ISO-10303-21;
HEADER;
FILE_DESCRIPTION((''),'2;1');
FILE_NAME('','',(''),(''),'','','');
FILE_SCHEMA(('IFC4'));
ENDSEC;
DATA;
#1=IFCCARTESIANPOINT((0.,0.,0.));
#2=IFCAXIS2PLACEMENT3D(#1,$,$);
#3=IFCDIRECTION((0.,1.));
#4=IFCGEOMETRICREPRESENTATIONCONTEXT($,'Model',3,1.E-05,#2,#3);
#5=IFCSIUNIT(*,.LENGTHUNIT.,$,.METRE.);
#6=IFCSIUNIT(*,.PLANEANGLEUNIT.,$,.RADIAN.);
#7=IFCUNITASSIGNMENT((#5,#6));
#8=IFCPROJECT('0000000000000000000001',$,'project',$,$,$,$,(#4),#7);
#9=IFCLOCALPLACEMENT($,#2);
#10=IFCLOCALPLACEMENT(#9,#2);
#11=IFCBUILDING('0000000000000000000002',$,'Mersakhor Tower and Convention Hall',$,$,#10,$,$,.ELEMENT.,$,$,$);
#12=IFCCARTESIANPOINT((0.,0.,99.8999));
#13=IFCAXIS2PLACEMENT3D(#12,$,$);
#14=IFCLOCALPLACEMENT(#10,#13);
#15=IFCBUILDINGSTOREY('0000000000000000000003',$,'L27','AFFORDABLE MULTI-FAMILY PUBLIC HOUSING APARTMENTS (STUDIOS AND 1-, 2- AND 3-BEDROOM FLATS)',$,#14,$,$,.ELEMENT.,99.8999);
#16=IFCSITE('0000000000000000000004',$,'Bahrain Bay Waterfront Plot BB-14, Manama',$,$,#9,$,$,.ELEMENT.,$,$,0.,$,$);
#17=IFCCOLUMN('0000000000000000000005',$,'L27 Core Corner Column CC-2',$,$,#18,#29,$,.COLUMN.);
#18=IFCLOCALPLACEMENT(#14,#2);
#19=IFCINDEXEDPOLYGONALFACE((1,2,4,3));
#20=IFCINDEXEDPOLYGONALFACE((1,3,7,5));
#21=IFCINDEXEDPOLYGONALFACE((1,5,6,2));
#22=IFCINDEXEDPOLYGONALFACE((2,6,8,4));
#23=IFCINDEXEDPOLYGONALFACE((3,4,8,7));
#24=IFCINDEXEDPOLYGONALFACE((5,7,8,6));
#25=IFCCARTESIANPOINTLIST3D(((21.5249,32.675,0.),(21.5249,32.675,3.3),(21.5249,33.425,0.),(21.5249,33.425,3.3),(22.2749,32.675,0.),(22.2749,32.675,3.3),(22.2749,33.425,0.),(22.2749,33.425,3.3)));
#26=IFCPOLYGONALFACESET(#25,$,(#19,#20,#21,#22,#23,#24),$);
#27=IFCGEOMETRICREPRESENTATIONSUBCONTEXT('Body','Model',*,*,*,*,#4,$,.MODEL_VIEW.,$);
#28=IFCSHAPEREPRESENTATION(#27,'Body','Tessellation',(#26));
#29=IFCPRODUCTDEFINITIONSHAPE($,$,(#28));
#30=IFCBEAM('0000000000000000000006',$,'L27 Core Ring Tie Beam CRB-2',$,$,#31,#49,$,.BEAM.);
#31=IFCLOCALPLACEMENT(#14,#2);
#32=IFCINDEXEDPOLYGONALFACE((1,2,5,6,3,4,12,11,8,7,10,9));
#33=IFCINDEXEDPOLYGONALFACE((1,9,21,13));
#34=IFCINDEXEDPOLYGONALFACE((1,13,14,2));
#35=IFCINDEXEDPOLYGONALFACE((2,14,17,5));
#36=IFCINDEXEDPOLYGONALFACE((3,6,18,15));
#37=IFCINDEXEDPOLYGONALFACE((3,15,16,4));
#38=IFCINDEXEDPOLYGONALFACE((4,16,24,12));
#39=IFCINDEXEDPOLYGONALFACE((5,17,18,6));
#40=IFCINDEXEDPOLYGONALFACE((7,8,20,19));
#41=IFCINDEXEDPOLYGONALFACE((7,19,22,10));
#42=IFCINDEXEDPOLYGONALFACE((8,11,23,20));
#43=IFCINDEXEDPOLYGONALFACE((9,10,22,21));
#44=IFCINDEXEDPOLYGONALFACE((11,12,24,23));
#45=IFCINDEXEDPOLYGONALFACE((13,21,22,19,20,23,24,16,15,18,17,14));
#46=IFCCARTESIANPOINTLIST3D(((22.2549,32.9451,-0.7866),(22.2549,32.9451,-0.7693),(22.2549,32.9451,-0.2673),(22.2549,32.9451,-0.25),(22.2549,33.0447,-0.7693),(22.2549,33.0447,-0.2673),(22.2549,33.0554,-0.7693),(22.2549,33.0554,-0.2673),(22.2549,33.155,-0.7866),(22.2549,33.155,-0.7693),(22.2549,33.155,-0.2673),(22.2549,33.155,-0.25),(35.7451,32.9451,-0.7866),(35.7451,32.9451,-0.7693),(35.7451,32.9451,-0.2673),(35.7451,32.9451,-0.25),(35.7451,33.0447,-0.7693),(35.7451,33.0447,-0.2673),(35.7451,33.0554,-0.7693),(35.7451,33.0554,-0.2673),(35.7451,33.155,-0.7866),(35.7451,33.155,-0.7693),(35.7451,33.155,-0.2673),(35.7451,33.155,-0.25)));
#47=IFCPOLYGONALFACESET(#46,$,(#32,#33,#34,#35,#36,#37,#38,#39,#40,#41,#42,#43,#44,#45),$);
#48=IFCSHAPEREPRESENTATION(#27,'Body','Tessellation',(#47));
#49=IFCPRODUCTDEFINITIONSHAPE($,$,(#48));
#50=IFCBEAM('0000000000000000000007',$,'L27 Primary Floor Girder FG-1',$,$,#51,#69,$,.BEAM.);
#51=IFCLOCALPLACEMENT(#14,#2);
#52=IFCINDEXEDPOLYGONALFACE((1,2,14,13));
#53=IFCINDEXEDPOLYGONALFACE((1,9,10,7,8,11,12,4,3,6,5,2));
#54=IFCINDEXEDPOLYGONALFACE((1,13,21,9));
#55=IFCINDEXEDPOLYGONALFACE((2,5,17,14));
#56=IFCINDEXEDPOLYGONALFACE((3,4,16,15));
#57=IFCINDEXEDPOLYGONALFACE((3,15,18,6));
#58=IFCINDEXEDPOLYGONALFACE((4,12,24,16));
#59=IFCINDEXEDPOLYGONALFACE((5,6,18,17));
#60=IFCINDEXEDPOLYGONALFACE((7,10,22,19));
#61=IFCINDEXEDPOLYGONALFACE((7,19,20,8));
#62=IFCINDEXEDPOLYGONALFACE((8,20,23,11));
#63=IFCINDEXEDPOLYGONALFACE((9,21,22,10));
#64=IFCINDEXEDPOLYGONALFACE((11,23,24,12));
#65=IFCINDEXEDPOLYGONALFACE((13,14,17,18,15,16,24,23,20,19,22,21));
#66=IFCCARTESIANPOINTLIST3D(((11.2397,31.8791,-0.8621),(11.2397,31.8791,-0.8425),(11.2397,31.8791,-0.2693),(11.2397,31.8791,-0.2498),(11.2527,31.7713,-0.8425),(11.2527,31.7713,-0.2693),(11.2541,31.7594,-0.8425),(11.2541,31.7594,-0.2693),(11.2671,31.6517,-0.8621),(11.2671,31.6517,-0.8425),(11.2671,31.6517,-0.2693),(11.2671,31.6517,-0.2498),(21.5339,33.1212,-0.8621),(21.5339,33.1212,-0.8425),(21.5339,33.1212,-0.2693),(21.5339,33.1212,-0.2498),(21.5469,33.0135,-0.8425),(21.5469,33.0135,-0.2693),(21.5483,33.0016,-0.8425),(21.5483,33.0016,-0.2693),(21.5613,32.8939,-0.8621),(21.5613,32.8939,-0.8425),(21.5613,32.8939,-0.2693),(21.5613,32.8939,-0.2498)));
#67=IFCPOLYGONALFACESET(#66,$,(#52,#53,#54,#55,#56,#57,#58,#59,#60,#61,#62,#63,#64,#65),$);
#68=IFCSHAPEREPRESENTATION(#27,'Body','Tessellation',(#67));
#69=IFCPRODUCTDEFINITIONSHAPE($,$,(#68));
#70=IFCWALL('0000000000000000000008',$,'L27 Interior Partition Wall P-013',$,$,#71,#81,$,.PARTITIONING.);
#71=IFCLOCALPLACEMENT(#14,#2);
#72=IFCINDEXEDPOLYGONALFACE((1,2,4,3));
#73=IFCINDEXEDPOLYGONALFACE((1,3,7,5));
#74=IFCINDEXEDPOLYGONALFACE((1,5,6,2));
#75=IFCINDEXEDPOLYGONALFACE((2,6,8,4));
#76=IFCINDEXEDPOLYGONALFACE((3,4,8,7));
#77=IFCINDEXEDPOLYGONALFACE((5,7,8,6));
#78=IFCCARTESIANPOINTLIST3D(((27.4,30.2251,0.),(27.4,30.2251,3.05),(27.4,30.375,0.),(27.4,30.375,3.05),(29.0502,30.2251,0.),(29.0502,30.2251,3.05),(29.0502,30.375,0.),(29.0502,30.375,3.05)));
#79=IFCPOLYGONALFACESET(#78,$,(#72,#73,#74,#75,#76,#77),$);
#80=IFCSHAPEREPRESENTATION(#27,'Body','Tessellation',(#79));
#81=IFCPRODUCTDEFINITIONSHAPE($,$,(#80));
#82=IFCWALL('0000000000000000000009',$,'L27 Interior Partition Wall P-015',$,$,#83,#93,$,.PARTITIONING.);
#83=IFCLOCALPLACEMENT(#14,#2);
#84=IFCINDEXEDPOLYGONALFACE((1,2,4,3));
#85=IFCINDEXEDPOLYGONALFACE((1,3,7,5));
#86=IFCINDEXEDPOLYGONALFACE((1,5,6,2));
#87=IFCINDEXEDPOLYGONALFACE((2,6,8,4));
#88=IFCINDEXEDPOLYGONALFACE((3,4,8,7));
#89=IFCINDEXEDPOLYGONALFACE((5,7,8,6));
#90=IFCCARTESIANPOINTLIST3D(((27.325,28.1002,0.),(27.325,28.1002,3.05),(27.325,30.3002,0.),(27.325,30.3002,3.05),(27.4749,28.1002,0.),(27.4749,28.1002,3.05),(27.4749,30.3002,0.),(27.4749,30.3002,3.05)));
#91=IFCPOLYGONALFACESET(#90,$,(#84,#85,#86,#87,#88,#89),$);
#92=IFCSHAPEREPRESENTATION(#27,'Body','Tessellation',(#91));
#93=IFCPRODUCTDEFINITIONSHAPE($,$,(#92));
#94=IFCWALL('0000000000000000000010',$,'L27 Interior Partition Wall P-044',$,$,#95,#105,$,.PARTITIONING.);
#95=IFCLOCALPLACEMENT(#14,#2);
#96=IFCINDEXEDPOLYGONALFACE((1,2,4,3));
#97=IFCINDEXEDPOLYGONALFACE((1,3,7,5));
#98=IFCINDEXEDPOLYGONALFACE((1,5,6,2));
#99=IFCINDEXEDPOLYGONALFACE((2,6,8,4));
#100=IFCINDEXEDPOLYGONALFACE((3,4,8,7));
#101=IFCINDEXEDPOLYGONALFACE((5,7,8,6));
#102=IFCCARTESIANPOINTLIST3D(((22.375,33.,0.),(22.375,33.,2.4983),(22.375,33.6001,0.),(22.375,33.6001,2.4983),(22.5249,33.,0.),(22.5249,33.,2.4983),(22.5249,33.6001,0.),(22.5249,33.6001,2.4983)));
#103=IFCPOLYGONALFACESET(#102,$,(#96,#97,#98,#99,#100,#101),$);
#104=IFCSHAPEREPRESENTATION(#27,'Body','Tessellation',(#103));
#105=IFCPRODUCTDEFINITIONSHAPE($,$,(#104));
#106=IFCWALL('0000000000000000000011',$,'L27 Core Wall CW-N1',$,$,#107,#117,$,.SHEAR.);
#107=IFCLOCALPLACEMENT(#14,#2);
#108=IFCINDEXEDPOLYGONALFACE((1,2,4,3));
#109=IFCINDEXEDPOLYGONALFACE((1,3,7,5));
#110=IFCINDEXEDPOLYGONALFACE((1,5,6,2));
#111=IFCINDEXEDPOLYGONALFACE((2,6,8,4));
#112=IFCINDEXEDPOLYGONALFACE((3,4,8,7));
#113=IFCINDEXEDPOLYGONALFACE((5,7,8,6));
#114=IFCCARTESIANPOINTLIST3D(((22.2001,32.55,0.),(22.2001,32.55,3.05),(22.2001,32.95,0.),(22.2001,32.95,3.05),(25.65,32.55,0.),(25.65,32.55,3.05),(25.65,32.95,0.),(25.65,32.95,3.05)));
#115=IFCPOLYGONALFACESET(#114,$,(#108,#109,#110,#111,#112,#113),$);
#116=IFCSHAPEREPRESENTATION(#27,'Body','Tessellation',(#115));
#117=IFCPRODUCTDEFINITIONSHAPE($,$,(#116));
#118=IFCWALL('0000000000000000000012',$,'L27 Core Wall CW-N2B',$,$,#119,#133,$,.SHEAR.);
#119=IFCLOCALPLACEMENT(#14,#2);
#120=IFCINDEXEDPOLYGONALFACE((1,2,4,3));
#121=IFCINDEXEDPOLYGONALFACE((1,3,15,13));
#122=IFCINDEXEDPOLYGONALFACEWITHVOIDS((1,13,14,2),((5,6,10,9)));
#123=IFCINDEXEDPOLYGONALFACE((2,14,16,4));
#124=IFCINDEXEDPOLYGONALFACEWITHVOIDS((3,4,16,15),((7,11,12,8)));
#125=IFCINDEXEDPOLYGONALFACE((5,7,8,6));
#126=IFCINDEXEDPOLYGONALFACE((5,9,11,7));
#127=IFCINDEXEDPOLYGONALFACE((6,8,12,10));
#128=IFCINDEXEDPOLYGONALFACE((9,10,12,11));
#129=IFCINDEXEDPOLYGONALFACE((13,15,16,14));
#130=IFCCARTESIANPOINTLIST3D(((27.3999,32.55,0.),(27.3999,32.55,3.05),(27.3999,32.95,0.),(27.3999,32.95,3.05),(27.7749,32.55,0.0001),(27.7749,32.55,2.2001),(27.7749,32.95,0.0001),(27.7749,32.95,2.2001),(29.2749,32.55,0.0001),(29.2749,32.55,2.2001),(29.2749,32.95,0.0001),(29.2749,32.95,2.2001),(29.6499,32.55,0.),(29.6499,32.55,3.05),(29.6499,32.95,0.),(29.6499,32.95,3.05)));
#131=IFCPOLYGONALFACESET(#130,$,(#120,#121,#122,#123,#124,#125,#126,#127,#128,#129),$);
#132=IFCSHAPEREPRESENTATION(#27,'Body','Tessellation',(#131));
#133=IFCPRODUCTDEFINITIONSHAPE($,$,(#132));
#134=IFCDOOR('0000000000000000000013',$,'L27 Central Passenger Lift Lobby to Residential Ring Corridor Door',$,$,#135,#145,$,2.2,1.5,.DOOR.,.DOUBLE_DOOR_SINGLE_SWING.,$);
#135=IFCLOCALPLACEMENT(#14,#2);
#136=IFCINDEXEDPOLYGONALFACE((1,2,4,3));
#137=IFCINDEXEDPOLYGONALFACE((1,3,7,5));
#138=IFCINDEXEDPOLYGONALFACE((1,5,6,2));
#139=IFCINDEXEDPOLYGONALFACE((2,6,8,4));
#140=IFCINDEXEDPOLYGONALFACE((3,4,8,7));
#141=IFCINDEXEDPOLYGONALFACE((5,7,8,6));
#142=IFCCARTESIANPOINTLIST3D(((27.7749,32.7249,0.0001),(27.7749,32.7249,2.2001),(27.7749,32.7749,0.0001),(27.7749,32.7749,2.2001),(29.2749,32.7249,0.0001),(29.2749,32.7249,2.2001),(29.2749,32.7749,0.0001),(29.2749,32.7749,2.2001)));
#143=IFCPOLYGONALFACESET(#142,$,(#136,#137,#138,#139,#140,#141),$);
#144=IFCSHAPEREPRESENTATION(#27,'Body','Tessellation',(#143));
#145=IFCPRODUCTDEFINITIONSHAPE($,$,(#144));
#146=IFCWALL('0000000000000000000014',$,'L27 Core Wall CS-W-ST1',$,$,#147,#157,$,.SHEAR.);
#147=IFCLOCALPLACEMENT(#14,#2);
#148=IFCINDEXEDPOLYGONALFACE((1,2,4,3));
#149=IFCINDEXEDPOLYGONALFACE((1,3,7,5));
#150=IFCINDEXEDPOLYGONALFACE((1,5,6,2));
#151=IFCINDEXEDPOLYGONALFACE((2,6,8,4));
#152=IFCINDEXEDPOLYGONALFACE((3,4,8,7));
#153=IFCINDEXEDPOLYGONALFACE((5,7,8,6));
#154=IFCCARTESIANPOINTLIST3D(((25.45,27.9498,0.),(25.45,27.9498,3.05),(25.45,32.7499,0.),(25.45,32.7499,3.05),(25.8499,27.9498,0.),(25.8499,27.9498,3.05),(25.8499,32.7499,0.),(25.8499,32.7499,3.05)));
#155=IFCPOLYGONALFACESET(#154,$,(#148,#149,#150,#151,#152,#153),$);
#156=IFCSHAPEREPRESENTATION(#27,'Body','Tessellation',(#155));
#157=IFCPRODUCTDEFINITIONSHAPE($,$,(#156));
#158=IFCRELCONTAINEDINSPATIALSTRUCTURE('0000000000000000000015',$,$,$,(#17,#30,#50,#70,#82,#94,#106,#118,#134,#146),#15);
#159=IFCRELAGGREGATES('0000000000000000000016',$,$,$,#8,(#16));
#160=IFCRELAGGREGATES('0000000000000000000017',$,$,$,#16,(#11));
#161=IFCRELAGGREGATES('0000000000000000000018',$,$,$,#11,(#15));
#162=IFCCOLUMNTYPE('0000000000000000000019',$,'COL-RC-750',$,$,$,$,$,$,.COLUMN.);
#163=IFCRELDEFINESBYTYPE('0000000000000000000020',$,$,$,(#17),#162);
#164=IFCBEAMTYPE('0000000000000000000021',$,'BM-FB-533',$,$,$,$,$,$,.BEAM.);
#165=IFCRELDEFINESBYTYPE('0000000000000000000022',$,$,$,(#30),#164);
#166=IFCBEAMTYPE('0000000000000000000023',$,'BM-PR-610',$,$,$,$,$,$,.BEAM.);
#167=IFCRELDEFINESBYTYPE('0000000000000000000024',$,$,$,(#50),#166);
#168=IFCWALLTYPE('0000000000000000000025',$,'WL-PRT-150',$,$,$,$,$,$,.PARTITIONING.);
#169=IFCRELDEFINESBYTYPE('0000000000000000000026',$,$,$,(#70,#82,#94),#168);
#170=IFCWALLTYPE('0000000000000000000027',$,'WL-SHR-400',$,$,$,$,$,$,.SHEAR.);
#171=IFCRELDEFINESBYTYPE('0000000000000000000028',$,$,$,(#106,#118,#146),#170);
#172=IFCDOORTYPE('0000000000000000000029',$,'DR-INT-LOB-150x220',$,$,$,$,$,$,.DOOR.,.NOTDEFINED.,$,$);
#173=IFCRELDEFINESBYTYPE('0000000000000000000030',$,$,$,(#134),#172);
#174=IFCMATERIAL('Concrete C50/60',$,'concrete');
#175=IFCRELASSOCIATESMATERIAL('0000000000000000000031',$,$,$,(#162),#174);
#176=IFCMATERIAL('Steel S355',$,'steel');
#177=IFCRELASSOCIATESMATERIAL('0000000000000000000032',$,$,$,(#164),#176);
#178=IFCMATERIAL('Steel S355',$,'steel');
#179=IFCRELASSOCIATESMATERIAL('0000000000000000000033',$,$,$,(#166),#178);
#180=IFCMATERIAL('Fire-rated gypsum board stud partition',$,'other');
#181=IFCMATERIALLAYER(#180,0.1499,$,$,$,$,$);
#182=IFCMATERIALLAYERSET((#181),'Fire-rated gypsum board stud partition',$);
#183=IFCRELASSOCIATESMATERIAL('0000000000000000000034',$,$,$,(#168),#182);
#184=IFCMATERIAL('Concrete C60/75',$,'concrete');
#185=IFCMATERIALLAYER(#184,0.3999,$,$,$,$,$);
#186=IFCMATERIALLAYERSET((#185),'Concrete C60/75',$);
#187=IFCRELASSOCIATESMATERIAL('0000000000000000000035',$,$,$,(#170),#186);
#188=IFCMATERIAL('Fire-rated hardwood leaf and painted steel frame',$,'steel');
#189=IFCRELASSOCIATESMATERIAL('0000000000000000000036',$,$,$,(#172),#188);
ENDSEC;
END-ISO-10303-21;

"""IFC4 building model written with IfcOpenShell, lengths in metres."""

from ifc_helpers import new_model, si_unit, direction, frame, frame_2d, origin, origin_2d, place, context, subcontext, project, spatial, rectangle, i_section, extrude, material, layer, layer_set, material_profile, profile_set, type_object, element, fill, save


model = new_model("IFC4")

# Units and contexts
model_context = context("Model", 3, precision=1e-05, world=origin(), true_north=direction((0.0, 1.0)))
body_context = subcontext(model_context, "Body", "Model", "MODEL_VIEW")
ifc_project = project(units=[si_unit("LENGTHUNIT", "METRE"), si_unit("PLANEANGLEUNIT", "RADIAN")], contexts=[model_context])

# Site, building, storey
site_placement = place(None, origin())
site = spatial("IfcSite", under=ifc_project, at=site_placement, Name="Bahrain Bay Waterfront Plot BB-14, Manama", CompositionType="ELEMENT", RefElevation=0.0)
building_placement = place(site_placement, origin())
building = spatial("IfcBuilding", under=site, at=building_placement, Name="Mersakhor Tower and Convention Hall", CompositionType="ELEMENT")
storey_placement = place(building_placement, frame((0.0, 0.0, 99.8999)))
storey = spatial("IfcBuildingStorey", under=building, at=storey_placement, Name="L27", Description="AFFORDABLE MULTI-FAMILY PUBLIC HOUSING APARTMENTS (STUDIOS AND 1-, 2- AND 3-BEDROOM FLATS)", CompositionType="ELEMENT", Elevation=99.8999)

# Column
ifc_material_1 = material(Name="Concrete C50/60", Category="concrete")
ifc_material_profile_1 = material_profile(ifc_material_1, rectangle(XDim=0.75, YDim=0.75, at=origin_2d()), Name="RC 750x750")
ifc_profile_set_1 = profile_set([ifc_material_profile_1], Name="Concrete C50/60")
column_type = type_object("IfcColumnType", Name="COL-RC-750", PredefinedType="COLUMN", material=ifc_profile_set_1)
column_placement = place(storey_placement, frame((21.8999, 33.05, 0.0), z_axis=(0.0, 0.0, 1.0), x_axis=(1.0, 0.0, 0.0)))
element("IfcColumn", 1, at=column_placement, inside=storey, type_object=column_type, Name="L27 Core Corner Column CC-2", PredefinedType="COLUMN", context=body_context, shape_type="SweptSolid", body=[
    extrude(rectangle(XDim=0.75, YDim=0.75, at=origin_2d()), origin(), (0.0, 0.0, 1.0), 3.3),
])

# Beams
ifc_material_2 = material(Name="Steel S355", Category="steel")
ifc_material_profile_2 = material_profile(ifc_material_2, i_section(OverallWidth=0.21, OverallDepth=0.5366, WebThickness=0.0107, FlangeThickness=0.0173, at=origin_2d()), Name="UB 533x210x101")
ifc_profile_set_2 = profile_set([ifc_material_profile_2], Name="Steel S355")
beam_type_1 = type_object("IfcBeamType", Name="BM-FB-533", PredefinedType="BEAM", material=ifc_profile_set_2)
beam_1_placement = place(storey_placement, frame((22.2549, 33.05, -0.5183), z_axis=(1.0, 0.0, 0.0), x_axis=(0.0, 1.0, 0.0)))
element("IfcBeam", 2, at=beam_1_placement, inside=storey, type_object=beam_type_1, Name="L27 Core Ring Tie Beam CRB-2", PredefinedType="BEAM", context=body_context, shape_type="SweptSolid", body=[
    extrude(i_section(OverallWidth=0.21, OverallDepth=0.5366, WebThickness=0.0107, FlangeThickness=0.0173, at=origin_2d()), origin(), (0.0, 0.0, 1.0), 13.4902),
])
ifc_material_3 = material(Name="Steel S355", Category="steel")
ifc_material_profile_3 = material_profile(ifc_material_3, i_section(OverallWidth=0.229, OverallDepth=0.6123, WebThickness=0.012, FlangeThickness=0.0195, at=origin_2d()), Name="UB 610x229x125")
ifc_profile_set_3 = profile_set([ifc_material_profile_3], Name="Steel S355")
beam_type_2 = type_object("IfcBeamType", Name="BM-PR-610", PredefinedType="BEAM", material=ifc_profile_set_3)
beam_2_placement = place(storey_placement, frame((21.5476, 33.0076, -0.5559), z_axis=(-0.992798, -0.1198, 0.0), x_axis=(0.1198, -0.992798, 0.0)))
element("IfcBeam", 3, at=beam_2_placement, inside=storey, type_object=beam_type_2, Name="L27 Primary Floor Girder FG-1", PredefinedType="BEAM", context=body_context, shape_type="SweptSolid", body=[
    extrude(i_section(OverallWidth=0.229, OverallDepth=0.6123, WebThickness=0.012, FlangeThickness=0.0195, at=origin_2d()), origin(), (0.0, 0.0, 1.0), 10.3689),
])

# Walls
ifc_material_4 = material(Name="Fire-rated gypsum board stud partition", Category="other")
ifc_layer_1 = layer(ifc_material_4, 0.1499)
ifc_layer_set_1 = layer_set([ifc_layer_1], Name="Fire-rated gypsum board stud partition")
wall_type_1 = type_object("IfcWallType", Name="WL-PRT-150", PredefinedType="PARTITIONING", material=ifc_layer_set_1)
wall_1_placement = place(storey_placement, frame((27.3999, 30.3, 0.0), z_axis=(0.0, 0.0, 1.0), x_axis=(1.0, 0.0, 0.0)))
element("IfcWall", 4, at=wall_1_placement, inside=storey, type_object=wall_type_1, Name="L27 Interior Partition Wall P-013", PredefinedType="PARTITIONING", context=body_context, shape_type="SweptSolid", body=[
    extrude(rectangle(XDim=1.6501, YDim=0.1499, at=frame_2d((0.8252, 0.0))), origin(), (0.0, 0.0, 1.0), 3.05),
])
wall_2_placement = place(storey_placement, frame((27.3999, 28.1001, 0.0), z_axis=(0.0, 0.0, 1.0), x_axis=(0.0, 1.0, 0.0)))
element("IfcWall", 5, at=wall_2_placement, inside=storey, type_object=wall_type_1, Name="L27 Interior Partition Wall P-015", PredefinedType="PARTITIONING", context=body_context, shape_type="SweptSolid", body=[
    extrude(rectangle(XDim=2.2, YDim=0.1499, at=frame_2d((1.1001, 0.0))), origin(), (0.0, 0.0, 1.0), 3.05),
])
wall_3_placement = place(storey_placement, frame((22.45, 33.0, 0.0), z_axis=(0.0, 0.0, 1.0), x_axis=(0.0, 1.0, 0.0)))
element("IfcWall", 6, at=wall_3_placement, inside=storey, type_object=wall_type_1, Name="L27 Interior Partition Wall P-044", PredefinedType="PARTITIONING", context=body_context, shape_type="SweptSolid", body=[
    extrude(rectangle(XDim=0.6001, YDim=0.1499, at=frame_2d((0.3, 0.0))), origin(), (0.0, 0.0, 1.0), 2.4983),
])

# Wall
ifc_material_5 = material(Name="Concrete C60/75", Category="concrete")
ifc_layer_2 = layer(ifc_material_5, 0.3999)
ifc_layer_set_2 = layer_set([ifc_layer_2], Name="Concrete C60/75")
wall_type_2 = type_object("IfcWallType", Name="WL-SHR-400", PredefinedType="SHEAR", material=ifc_layer_set_2)
wall_4_placement = place(storey_placement, frame((22.2, 32.75, 0.0), z_axis=(0.0, 0.0, 1.0), x_axis=(1.0, 0.0, 0.0)))
element("IfcWall", 7, at=wall_4_placement, inside=storey, type_object=wall_type_2, Name="L27 Core Wall CW-N1", PredefinedType="SHEAR", context=body_context, shape_type="SweptSolid", body=[
    extrude(rectangle(XDim=3.45, YDim=0.3999, at=frame_2d((1.7251, 0.0))), origin(), (0.0, 0.0, 1.0), 3.05),
])

# Wall, opening, door
wall_5_placement = place(storey_placement, frame((27.3999, 32.75, 0.0), z_axis=(0.0, 0.0, 1.0), x_axis=(1.0, 0.0, 0.0)))
wall_5 = element("IfcWall", 8, at=wall_5_placement, inside=storey, type_object=wall_type_2, Name="L27 Core Wall CW-N2B", PredefinedType="SHEAR", context=body_context, shape_type="SweptSolid", body=[
    extrude(rectangle(XDim=2.25, YDim=0.3999, at=frame_2d((1.125, 0.0))), origin(), (0.0, 0.0, 1.0), 3.05),
])
opening_1_placement = place(wall_5_placement, frame((0.375, 0.0, 0.0)))
opening_1 = element("IfcOpeningElement", 9, at=opening_1_placement, cuts=wall_5, PredefinedType="OPENING", context=body_context, shape_type="SweptSolid", body=[
    extrude(rectangle(XDim=1.5, YDim=2.2, at=frame_2d((0.75, 1.1001))), frame((0.0, 0.21, 0.0), z_axis=(0.0, -1.0, 0.0), x_axis=(1.0, 0.0, 0.0)), (0.0, 0.0, 1.0), 0.4199),
])
ifc_material_6 = material(Name="Fire-rated hardwood leaf and painted steel frame", Category="steel")
door_type_1 = type_object("IfcDoorType", Name="DR-INT-LOB-150x220", OperationType="NOTDEFINED", PredefinedType="DOOR", material=ifc_material_6)
door_1_placement = place(opening_1_placement, origin())
door_1 = element("IfcDoor", 10, at=door_1_placement, inside=storey, type_object=door_type_1, Name="L27 Central Passenger Lift Lobby to Residential Ring Corridor Door", OperationType="DOUBLE_DOOR_SINGLE_SWING", OverallHeight=2.2, OverallWidth=1.5, PredefinedType="DOOR", context=body_context, shape_type="SweptSolid", body=[
    extrude(rectangle(XDim=1.5, YDim=2.2, at=frame_2d((0.75, 1.1001))), frame((0.0, 0.0249, 0.0), z_axis=(0.0, -1.0, 0.0), x_axis=(1.0, 0.0, 0.0)), (0.0, 0.0, 1.0), 0.05),
])
fill(opening_1, door_1)

# Wall
wall_6_placement = place(storey_placement, frame((25.6499, 27.95, 0.0), z_axis=(0.0, 0.0, 1.0), x_axis=(0.0, 1.0, 0.0)))
element("IfcWall", 11, at=wall_6_placement, inside=storey, type_object=wall_type_2, Name="L27 Core Wall CS-W-ST1", PredefinedType="SHEAR", context=body_context, shape_type="SweptSolid", body=[
    extrude(rectangle(XDim=4.8, YDim=0.3999, at=frame_2d((2.3999, 0.0))), origin(), (0.0, 0.0, 1.0), 3.05),
])

save(model, "model.ifc")
